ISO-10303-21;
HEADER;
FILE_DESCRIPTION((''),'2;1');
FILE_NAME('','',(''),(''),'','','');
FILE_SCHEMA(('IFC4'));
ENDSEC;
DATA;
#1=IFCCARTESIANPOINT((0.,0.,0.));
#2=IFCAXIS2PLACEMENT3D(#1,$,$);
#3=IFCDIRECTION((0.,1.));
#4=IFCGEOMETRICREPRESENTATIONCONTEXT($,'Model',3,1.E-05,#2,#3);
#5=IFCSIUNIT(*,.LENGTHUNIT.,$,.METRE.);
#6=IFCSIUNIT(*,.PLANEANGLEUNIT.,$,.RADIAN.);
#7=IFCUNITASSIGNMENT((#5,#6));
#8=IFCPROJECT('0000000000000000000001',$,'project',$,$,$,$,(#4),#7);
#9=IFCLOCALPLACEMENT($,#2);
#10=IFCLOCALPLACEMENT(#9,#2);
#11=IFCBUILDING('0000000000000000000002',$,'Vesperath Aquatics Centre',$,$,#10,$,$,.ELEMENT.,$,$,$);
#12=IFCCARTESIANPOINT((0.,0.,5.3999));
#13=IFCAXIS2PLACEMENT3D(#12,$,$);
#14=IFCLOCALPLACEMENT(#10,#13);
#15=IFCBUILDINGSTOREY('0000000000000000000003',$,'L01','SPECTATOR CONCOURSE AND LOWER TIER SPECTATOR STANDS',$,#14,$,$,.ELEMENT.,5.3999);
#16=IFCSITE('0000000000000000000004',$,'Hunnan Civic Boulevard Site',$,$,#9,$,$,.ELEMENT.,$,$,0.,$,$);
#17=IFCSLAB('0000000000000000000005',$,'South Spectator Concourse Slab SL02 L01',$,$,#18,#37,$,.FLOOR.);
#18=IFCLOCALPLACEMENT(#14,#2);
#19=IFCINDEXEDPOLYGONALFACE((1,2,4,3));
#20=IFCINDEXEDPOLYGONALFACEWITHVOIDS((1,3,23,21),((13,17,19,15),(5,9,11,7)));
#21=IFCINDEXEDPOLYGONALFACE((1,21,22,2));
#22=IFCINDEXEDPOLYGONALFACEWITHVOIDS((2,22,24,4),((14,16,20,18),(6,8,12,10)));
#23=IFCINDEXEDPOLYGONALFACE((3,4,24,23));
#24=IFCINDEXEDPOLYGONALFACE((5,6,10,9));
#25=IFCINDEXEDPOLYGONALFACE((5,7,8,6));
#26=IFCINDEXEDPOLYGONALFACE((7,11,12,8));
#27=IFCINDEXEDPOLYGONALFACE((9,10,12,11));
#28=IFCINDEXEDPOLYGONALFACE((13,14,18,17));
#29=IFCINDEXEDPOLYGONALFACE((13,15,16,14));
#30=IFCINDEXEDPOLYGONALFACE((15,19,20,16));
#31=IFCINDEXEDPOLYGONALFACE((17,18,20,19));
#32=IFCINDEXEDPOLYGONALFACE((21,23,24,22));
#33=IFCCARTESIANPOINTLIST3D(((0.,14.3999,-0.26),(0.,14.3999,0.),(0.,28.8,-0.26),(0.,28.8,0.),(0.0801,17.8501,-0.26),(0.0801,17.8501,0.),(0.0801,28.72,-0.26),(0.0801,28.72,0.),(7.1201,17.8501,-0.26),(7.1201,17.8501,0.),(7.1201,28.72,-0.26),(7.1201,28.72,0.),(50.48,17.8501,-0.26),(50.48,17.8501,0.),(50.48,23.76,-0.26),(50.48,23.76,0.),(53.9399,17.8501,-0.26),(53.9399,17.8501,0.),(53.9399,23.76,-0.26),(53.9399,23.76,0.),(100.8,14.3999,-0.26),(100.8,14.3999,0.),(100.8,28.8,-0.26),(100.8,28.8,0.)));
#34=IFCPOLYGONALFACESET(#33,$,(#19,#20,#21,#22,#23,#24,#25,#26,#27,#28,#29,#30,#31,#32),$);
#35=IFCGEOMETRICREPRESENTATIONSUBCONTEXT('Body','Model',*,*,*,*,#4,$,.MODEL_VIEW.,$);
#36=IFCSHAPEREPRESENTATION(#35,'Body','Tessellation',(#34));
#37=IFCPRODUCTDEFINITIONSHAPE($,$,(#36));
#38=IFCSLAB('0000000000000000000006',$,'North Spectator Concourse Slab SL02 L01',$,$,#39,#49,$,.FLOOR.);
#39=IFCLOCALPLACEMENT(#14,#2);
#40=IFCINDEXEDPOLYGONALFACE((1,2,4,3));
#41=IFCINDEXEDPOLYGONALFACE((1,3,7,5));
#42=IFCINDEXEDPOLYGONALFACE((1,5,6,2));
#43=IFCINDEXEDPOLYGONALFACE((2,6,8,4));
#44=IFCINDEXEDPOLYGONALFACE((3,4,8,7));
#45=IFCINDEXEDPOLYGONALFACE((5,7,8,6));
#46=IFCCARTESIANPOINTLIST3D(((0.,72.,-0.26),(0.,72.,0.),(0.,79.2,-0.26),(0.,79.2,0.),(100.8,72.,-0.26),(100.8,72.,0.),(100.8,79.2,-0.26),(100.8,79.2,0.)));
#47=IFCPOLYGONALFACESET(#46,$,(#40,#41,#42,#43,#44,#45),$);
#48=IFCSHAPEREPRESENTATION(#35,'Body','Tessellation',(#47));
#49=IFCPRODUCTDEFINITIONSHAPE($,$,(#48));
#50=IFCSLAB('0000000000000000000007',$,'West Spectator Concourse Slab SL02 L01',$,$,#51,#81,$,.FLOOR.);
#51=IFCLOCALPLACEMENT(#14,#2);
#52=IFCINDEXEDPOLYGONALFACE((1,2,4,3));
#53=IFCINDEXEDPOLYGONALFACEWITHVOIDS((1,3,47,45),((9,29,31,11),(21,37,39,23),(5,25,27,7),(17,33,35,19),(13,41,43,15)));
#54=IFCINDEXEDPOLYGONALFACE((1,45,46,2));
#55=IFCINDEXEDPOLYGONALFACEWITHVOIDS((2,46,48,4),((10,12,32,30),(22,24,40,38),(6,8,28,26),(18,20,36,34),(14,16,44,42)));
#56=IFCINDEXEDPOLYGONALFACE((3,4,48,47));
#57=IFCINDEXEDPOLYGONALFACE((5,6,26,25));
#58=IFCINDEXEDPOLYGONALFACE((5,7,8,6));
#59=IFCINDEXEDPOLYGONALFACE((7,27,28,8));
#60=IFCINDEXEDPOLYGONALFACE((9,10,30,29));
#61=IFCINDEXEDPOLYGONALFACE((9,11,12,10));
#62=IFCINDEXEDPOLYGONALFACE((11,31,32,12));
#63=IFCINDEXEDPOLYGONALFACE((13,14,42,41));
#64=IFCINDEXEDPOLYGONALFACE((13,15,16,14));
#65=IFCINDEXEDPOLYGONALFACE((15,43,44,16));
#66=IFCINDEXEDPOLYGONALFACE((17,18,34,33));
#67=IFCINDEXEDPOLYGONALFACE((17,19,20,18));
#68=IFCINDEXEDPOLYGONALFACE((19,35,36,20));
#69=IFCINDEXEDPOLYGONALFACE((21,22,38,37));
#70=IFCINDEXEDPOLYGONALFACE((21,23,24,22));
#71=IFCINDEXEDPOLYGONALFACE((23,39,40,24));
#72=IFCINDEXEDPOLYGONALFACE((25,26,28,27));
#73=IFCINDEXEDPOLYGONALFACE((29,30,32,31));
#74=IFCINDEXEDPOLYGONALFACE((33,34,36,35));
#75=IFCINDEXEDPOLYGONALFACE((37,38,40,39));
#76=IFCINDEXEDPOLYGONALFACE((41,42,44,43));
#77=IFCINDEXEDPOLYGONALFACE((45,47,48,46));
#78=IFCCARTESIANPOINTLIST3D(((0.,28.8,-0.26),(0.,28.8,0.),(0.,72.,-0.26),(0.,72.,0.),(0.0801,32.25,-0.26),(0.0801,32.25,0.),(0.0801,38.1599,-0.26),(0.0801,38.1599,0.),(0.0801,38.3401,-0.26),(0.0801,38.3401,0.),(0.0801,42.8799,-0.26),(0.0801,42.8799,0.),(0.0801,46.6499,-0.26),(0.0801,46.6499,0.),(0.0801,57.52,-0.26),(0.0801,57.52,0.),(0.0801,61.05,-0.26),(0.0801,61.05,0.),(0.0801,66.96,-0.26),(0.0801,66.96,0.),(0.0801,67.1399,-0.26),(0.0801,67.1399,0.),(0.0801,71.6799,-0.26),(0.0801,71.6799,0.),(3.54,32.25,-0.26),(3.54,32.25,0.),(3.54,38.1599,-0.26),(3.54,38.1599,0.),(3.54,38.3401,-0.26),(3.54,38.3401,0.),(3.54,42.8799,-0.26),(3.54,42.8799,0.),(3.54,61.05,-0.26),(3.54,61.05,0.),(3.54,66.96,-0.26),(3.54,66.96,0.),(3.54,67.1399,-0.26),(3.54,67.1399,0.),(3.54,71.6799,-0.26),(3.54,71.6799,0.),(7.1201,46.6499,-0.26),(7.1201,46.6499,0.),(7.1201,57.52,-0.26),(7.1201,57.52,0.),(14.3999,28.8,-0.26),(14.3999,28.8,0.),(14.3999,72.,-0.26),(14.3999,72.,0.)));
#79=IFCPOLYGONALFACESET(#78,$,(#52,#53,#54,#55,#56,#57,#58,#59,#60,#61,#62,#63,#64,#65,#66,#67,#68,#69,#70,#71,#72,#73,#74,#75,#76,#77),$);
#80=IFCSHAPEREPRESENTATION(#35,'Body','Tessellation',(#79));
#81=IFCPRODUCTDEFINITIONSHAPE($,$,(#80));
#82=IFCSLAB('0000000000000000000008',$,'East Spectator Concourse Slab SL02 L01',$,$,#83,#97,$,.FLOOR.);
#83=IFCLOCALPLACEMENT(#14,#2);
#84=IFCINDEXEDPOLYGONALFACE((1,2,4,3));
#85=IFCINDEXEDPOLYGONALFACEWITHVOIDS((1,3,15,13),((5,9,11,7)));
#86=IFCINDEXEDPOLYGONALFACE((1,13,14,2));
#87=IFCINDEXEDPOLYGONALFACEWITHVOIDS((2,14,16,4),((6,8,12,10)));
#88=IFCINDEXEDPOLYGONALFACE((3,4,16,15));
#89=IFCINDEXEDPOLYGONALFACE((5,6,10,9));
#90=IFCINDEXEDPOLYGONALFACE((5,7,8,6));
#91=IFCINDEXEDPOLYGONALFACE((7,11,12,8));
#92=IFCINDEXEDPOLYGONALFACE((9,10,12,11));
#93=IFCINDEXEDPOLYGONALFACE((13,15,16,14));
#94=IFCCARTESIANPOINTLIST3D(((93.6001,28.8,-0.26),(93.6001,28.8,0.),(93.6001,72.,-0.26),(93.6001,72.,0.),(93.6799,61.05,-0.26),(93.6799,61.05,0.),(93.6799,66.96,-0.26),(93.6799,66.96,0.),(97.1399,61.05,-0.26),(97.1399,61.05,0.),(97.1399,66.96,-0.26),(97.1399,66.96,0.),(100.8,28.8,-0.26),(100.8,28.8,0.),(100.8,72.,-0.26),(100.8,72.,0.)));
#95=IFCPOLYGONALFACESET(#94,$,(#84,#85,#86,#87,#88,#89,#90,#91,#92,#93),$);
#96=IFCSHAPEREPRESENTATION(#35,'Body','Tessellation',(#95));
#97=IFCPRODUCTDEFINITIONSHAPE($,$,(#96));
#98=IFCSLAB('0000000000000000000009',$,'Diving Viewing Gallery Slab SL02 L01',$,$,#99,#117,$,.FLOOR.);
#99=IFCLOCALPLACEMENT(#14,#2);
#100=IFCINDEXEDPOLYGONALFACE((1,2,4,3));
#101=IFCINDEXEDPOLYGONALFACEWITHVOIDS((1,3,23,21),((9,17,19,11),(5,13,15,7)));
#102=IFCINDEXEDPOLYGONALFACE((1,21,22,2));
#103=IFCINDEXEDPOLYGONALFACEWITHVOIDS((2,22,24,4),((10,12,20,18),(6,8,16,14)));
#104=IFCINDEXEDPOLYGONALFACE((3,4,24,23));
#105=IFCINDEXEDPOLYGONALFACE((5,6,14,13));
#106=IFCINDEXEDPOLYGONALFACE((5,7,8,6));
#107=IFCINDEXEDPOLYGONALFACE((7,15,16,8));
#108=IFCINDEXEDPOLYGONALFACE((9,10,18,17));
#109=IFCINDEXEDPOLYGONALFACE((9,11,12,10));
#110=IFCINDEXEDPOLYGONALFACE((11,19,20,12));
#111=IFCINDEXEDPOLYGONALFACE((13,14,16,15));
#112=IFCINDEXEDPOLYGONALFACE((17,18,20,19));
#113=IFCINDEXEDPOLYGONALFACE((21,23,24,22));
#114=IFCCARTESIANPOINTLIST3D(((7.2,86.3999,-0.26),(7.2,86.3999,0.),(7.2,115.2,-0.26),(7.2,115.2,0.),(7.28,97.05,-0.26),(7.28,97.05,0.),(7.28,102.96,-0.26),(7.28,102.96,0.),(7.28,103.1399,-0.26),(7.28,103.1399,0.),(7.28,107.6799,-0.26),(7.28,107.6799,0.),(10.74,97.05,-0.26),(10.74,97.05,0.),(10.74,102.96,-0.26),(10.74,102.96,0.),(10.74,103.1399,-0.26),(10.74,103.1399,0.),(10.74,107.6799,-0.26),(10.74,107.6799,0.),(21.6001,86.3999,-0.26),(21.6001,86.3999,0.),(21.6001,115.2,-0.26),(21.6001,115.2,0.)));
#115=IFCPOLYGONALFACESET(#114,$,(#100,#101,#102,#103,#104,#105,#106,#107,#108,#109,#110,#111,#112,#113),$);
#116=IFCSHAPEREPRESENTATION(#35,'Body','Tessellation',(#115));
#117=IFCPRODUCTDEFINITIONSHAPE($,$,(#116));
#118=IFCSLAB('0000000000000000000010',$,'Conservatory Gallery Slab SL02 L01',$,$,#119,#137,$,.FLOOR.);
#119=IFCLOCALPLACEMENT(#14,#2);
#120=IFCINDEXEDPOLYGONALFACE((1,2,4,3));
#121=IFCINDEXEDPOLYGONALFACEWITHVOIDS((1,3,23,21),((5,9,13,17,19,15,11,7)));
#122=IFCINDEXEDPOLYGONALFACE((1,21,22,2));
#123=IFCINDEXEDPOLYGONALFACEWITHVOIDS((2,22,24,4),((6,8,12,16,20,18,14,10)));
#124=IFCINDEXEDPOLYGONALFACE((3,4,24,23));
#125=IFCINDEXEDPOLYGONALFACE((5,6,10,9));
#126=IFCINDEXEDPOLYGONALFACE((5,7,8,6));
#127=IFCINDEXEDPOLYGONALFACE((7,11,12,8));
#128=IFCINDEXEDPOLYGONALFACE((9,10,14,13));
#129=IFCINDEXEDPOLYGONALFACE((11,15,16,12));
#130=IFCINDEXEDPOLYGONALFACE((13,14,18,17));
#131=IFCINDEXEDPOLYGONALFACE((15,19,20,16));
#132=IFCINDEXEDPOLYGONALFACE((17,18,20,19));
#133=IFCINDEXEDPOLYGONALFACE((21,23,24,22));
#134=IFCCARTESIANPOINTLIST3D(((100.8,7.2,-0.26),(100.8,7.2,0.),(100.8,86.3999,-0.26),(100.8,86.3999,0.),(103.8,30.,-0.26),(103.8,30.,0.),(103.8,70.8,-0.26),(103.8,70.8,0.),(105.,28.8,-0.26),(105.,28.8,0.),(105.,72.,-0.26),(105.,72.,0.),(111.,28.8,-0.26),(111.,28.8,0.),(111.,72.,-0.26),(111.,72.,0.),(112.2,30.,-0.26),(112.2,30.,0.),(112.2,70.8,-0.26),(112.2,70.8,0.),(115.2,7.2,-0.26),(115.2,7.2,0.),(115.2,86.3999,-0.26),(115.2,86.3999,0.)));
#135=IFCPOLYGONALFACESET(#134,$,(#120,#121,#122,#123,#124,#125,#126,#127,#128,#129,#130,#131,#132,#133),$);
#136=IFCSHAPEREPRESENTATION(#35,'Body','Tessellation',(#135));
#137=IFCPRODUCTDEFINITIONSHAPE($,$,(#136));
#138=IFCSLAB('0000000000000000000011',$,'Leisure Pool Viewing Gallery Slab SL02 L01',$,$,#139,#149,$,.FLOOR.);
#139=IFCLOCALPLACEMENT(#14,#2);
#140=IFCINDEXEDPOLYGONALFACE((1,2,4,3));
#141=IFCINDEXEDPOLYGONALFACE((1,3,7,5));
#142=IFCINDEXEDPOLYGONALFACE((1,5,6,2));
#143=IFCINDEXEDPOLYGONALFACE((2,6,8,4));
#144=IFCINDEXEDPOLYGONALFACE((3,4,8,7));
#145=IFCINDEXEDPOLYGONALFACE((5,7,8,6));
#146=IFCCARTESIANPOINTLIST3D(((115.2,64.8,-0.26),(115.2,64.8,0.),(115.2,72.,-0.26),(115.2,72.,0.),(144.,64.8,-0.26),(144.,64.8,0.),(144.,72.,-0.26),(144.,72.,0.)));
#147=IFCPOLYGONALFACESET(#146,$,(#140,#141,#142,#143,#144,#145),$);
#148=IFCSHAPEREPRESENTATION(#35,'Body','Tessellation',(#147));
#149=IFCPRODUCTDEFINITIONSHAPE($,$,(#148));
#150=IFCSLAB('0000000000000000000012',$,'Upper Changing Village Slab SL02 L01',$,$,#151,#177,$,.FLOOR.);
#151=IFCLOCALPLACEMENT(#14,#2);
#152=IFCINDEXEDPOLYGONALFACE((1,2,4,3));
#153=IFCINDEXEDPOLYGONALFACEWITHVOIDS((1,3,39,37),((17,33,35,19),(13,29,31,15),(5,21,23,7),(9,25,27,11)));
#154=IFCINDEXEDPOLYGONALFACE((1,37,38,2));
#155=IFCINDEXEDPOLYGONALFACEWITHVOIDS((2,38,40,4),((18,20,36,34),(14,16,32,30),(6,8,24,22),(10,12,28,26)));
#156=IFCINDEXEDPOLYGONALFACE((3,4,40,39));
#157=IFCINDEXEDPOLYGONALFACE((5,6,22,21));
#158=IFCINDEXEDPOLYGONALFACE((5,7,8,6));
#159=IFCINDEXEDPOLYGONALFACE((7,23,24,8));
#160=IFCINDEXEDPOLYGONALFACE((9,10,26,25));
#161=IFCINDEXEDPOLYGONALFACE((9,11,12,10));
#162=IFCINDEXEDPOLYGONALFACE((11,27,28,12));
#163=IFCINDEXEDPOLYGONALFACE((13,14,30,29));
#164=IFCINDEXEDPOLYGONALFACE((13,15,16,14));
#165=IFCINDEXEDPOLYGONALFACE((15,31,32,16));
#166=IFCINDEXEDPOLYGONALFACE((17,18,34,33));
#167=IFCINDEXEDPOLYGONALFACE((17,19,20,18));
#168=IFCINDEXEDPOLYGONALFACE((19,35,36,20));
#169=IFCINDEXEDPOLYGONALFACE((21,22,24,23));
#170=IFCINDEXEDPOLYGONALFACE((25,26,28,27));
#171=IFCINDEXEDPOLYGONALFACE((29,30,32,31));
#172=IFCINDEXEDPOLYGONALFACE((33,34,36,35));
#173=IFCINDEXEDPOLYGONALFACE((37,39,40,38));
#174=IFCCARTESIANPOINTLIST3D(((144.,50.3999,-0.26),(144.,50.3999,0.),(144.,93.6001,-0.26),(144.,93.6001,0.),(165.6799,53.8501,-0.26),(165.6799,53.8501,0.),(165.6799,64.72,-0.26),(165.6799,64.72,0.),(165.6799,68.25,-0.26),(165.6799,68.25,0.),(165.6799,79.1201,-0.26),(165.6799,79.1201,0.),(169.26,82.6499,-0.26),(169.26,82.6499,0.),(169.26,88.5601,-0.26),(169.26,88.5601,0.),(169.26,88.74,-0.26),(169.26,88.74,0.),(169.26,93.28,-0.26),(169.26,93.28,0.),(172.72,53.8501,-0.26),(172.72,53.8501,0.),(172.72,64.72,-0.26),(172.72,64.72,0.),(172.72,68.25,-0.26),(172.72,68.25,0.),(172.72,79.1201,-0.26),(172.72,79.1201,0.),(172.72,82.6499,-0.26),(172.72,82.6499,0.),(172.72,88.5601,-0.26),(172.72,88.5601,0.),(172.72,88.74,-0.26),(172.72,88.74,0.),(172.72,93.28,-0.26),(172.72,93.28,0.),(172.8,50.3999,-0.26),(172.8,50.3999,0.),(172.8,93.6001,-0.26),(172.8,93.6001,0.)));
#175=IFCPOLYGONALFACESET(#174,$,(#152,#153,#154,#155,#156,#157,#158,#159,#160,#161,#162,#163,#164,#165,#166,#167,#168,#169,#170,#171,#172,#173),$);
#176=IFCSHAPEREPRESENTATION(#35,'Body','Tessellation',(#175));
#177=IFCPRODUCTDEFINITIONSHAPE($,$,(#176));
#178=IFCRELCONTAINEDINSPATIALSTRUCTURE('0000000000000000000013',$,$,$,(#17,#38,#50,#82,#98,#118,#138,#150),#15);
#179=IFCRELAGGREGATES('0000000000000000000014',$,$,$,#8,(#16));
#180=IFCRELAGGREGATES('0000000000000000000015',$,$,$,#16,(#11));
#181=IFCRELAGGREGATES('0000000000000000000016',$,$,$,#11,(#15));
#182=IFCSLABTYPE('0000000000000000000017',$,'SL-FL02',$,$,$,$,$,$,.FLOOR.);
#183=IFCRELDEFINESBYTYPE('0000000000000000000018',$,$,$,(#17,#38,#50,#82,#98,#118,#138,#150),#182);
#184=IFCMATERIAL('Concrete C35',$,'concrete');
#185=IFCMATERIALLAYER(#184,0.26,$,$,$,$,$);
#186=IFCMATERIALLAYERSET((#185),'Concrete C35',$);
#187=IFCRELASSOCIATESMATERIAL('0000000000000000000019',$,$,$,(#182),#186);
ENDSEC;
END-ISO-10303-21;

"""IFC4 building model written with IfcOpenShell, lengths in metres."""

from ifc_helpers import new_model, si_unit, direction, frame, origin, place, context, subcontext, project, spatial, polyline, outline, extrude, material, layer, layer_set, type_object, element, save


model = new_model("IFC4")

# Units and contexts
model_context = context("Model", 3, precision=1e-05, world=origin(), true_north=direction((0.0, 1.0)))
body_context = subcontext(model_context, "Body", "Model", "MODEL_VIEW")
ifc_project = project(units=[si_unit("LENGTHUNIT", "METRE"), si_unit("PLANEANGLEUNIT", "RADIAN")], contexts=[model_context])

# Site, building, storey
site_placement = place(None, origin())
site = spatial("IfcSite", under=ifc_project, at=site_placement, Name="Hunnan Civic Boulevard Site", CompositionType="ELEMENT", RefElevation=0.0)
building_placement = place(site_placement, origin())
building = spatial("IfcBuilding", under=site, at=building_placement, Name="Vesperath Aquatics Centre", CompositionType="ELEMENT")
storey_placement = place(building_placement, frame((0.0, 0.0, 5.3999)))
storey = spatial("IfcBuildingStorey", under=building, at=storey_placement, Name="L01", Description="SPECTATOR CONCOURSE AND LOWER TIER SPECTATOR STANDS", CompositionType="ELEMENT", Elevation=5.3999)

# Slabs
ifc_material_1 = material(Name="Concrete C35", Category="concrete")
ifc_layer_1 = layer(ifc_material_1, 0.26)
ifc_layer_set_1 = layer_set([ifc_layer_1], Name="Concrete C35")
slab_type_1 = type_object("IfcSlabType", Name="SL-FL02", PredefinedType="FLOOR", material=ifc_layer_set_1)
slab_1_placement = place(storey_placement, frame((0.0, 0.0, -0.26)))
element("IfcSlab", 1, at=slab_1_placement, inside=storey, type_object=slab_type_1, Name="South Spectator Concourse Slab SL02 L01", PredefinedType="FLOOR", context=body_context, shape_type="SweptSolid", body=[
    extrude(outline(polyline([(0.0, 14.3999), (100.8, 14.3999), (100.8, 28.8), (0.0, 28.8), (0.0, 14.3999)]), holes=[polyline([(50.48, 17.8501), (53.9399, 17.8501), (53.9399, 23.76), (50.48, 23.76), (50.48, 17.8501)]), polyline([(0.0801, 17.8501), (7.1201, 17.8501), (7.1201, 28.72), (0.0801, 28.72), (0.0801, 17.8501)])]), origin(), (0.0, 0.0, 1.0), 0.26),
])
slab_2_placement = place(storey_placement, frame((0.0, 0.0, -0.26)))
element("IfcSlab", 2, at=slab_2_placement, inside=storey, type_object=slab_type_1, Name="North Spectator Concourse Slab SL02 L01", PredefinedType="FLOOR", context=body_context, shape_type="SweptSolid", body=[
    extrude(outline(polyline([(0.0, 72.0), (100.8, 72.0), (100.8, 79.2), (0.0, 79.2), (0.0, 72.0)])), origin(), (0.0, 0.0, 1.0), 0.26),
])
slab_3_placement = place(storey_placement, frame((0.0, 0.0, -0.26)))
element("IfcSlab", 3, at=slab_3_placement, inside=storey, type_object=slab_type_1, Name="West Spectator Concourse Slab SL02 L01", PredefinedType="FLOOR", context=body_context, shape_type="SweptSolid", body=[
    extrude(outline(polyline([(0.0, 28.8), (14.3999, 28.8), (14.3999, 72.0), (0.0, 72.0), (0.0, 28.8)]), holes=[polyline([(0.0801, 32.25), (3.54, 32.25), (3.54, 38.1599), (0.0801, 38.1599), (0.0801, 32.25)]), polyline([(0.0801, 38.3401), (3.54, 38.3401), (3.54, 42.8799), (0.0801, 42.8799), (0.0801, 38.3401)]), polyline([(0.0801, 61.05), (3.54, 61.05), (3.54, 66.96), (0.0801, 66.96), (0.0801, 61.05)]), polyline([(0.0801, 67.1399), (3.54, 67.1399), (3.54, 71.6799), (0.0801, 71.6799), (0.0801, 67.1399)]), polyline([(0.0801, 46.6499), (7.1201, 46.6499), (7.1201, 57.52), (0.0801, 57.52), (0.0801, 46.6499)])]), origin(), (0.0, 0.0, 1.0), 0.26),
])
slab_4_placement = place(storey_placement, frame((0.0, 0.0, -0.26)))
element("IfcSlab", 4, at=slab_4_placement, inside=storey, type_object=slab_type_1, Name="East Spectator Concourse Slab SL02 L01", PredefinedType="FLOOR", context=body_context, shape_type="SweptSolid", body=[
    extrude(outline(polyline([(93.6001, 28.8), (100.8, 28.8), (100.8, 72.0), (93.6001, 72.0), (93.6001, 28.8)]), holes=[polyline([(93.6799, 61.05), (97.1399, 61.05), (97.1399, 66.96), (93.6799, 66.96), (93.6799, 61.05)])]), origin(), (0.0, 0.0, 1.0), 0.26),
])
slab_5_placement = place(storey_placement, frame((0.0, 0.0, -0.26)))
element("IfcSlab", 5, at=slab_5_placement, inside=storey, type_object=slab_type_1, Name="Diving Viewing Gallery Slab SL02 L01", PredefinedType="FLOOR", context=body_context, shape_type="SweptSolid", body=[
    extrude(outline(polyline([(7.2, 86.3999), (21.6001, 86.3999), (21.6001, 115.2), (7.2, 115.2), (7.2, 86.3999)]), holes=[polyline([(7.28, 97.05), (10.74, 97.05), (10.74, 102.96), (7.28, 102.96), (7.28, 97.05)]), polyline([(7.28, 103.1399), (10.74, 103.1399), (10.74, 107.6799), (7.28, 107.6799), (7.28, 103.1399)])]), origin(), (0.0, 0.0, 1.0), 0.26),
])
slab_6_placement = place(storey_placement, frame((0.0, 0.0, -0.26)))
element("IfcSlab", 6, at=slab_6_placement, inside=storey, type_object=slab_type_1, Name="Conservatory Gallery Slab SL02 L01", PredefinedType="FLOOR", context=body_context, shape_type="SweptSolid", body=[
    extrude(outline(polyline([(100.8, 7.2), (115.2, 7.2), (115.2, 86.3999), (100.8, 86.3999), (100.8, 7.2)]), holes=[polyline([(105.0, 28.8), (111.0, 28.8), (112.2, 30.0), (112.2, 70.8), (111.0, 72.0), (105.0, 72.0), (103.8, 70.8), (103.8, 30.0), (105.0, 28.8)])]), origin(), (0.0, 0.0, 1.0), 0.26),
])
slab_7_placement = place(storey_placement, frame((0.0, 0.0, -0.26)))
element("IfcSlab", 7, at=slab_7_placement, inside=storey, type_object=slab_type_1, Name="Leisure Pool Viewing Gallery Slab SL02 L01", PredefinedType="FLOOR", context=body_context, shape_type="SweptSolid", body=[
    extrude(outline(polyline([(115.2, 64.8), (144.0, 64.8), (144.0, 72.0), (115.2, 72.0), (115.2, 64.8)])), origin(), (0.0, 0.0, 1.0), 0.26),
])
slab_8_placement = place(storey_placement, frame((0.0, 0.0, -0.26)))
element("IfcSlab", 8, at=slab_8_placement, inside=storey, type_object=slab_type_1, Name="Upper Changing Village Slab SL02 L01", PredefinedType="FLOOR", context=body_context, shape_type="SweptSolid", body=[
    extrude(outline(polyline([(144.0, 50.3999), (172.8, 50.3999), (172.8, 93.6001), (144.0, 93.6001), (144.0, 50.3999)]), holes=[polyline([(169.26, 82.6499), (172.72, 82.6499), (172.72, 88.5601), (169.26, 88.5601), (169.26, 82.6499)]), polyline([(169.26, 88.74), (172.72, 88.74), (172.72, 93.28), (169.26, 93.28), (169.26, 88.74)]), polyline([(165.6799, 53.8501), (172.72, 53.8501), (172.72, 64.72), (165.6799, 64.72), (165.6799, 53.8501)]), polyline([(165.6799, 68.25), (172.72, 68.25), (172.72, 79.1201), (165.6799, 79.1201), (165.6799, 68.25)])]), origin(), (0.0, 0.0, 1.0), 0.26),
])

save(model, "model.ifc")
